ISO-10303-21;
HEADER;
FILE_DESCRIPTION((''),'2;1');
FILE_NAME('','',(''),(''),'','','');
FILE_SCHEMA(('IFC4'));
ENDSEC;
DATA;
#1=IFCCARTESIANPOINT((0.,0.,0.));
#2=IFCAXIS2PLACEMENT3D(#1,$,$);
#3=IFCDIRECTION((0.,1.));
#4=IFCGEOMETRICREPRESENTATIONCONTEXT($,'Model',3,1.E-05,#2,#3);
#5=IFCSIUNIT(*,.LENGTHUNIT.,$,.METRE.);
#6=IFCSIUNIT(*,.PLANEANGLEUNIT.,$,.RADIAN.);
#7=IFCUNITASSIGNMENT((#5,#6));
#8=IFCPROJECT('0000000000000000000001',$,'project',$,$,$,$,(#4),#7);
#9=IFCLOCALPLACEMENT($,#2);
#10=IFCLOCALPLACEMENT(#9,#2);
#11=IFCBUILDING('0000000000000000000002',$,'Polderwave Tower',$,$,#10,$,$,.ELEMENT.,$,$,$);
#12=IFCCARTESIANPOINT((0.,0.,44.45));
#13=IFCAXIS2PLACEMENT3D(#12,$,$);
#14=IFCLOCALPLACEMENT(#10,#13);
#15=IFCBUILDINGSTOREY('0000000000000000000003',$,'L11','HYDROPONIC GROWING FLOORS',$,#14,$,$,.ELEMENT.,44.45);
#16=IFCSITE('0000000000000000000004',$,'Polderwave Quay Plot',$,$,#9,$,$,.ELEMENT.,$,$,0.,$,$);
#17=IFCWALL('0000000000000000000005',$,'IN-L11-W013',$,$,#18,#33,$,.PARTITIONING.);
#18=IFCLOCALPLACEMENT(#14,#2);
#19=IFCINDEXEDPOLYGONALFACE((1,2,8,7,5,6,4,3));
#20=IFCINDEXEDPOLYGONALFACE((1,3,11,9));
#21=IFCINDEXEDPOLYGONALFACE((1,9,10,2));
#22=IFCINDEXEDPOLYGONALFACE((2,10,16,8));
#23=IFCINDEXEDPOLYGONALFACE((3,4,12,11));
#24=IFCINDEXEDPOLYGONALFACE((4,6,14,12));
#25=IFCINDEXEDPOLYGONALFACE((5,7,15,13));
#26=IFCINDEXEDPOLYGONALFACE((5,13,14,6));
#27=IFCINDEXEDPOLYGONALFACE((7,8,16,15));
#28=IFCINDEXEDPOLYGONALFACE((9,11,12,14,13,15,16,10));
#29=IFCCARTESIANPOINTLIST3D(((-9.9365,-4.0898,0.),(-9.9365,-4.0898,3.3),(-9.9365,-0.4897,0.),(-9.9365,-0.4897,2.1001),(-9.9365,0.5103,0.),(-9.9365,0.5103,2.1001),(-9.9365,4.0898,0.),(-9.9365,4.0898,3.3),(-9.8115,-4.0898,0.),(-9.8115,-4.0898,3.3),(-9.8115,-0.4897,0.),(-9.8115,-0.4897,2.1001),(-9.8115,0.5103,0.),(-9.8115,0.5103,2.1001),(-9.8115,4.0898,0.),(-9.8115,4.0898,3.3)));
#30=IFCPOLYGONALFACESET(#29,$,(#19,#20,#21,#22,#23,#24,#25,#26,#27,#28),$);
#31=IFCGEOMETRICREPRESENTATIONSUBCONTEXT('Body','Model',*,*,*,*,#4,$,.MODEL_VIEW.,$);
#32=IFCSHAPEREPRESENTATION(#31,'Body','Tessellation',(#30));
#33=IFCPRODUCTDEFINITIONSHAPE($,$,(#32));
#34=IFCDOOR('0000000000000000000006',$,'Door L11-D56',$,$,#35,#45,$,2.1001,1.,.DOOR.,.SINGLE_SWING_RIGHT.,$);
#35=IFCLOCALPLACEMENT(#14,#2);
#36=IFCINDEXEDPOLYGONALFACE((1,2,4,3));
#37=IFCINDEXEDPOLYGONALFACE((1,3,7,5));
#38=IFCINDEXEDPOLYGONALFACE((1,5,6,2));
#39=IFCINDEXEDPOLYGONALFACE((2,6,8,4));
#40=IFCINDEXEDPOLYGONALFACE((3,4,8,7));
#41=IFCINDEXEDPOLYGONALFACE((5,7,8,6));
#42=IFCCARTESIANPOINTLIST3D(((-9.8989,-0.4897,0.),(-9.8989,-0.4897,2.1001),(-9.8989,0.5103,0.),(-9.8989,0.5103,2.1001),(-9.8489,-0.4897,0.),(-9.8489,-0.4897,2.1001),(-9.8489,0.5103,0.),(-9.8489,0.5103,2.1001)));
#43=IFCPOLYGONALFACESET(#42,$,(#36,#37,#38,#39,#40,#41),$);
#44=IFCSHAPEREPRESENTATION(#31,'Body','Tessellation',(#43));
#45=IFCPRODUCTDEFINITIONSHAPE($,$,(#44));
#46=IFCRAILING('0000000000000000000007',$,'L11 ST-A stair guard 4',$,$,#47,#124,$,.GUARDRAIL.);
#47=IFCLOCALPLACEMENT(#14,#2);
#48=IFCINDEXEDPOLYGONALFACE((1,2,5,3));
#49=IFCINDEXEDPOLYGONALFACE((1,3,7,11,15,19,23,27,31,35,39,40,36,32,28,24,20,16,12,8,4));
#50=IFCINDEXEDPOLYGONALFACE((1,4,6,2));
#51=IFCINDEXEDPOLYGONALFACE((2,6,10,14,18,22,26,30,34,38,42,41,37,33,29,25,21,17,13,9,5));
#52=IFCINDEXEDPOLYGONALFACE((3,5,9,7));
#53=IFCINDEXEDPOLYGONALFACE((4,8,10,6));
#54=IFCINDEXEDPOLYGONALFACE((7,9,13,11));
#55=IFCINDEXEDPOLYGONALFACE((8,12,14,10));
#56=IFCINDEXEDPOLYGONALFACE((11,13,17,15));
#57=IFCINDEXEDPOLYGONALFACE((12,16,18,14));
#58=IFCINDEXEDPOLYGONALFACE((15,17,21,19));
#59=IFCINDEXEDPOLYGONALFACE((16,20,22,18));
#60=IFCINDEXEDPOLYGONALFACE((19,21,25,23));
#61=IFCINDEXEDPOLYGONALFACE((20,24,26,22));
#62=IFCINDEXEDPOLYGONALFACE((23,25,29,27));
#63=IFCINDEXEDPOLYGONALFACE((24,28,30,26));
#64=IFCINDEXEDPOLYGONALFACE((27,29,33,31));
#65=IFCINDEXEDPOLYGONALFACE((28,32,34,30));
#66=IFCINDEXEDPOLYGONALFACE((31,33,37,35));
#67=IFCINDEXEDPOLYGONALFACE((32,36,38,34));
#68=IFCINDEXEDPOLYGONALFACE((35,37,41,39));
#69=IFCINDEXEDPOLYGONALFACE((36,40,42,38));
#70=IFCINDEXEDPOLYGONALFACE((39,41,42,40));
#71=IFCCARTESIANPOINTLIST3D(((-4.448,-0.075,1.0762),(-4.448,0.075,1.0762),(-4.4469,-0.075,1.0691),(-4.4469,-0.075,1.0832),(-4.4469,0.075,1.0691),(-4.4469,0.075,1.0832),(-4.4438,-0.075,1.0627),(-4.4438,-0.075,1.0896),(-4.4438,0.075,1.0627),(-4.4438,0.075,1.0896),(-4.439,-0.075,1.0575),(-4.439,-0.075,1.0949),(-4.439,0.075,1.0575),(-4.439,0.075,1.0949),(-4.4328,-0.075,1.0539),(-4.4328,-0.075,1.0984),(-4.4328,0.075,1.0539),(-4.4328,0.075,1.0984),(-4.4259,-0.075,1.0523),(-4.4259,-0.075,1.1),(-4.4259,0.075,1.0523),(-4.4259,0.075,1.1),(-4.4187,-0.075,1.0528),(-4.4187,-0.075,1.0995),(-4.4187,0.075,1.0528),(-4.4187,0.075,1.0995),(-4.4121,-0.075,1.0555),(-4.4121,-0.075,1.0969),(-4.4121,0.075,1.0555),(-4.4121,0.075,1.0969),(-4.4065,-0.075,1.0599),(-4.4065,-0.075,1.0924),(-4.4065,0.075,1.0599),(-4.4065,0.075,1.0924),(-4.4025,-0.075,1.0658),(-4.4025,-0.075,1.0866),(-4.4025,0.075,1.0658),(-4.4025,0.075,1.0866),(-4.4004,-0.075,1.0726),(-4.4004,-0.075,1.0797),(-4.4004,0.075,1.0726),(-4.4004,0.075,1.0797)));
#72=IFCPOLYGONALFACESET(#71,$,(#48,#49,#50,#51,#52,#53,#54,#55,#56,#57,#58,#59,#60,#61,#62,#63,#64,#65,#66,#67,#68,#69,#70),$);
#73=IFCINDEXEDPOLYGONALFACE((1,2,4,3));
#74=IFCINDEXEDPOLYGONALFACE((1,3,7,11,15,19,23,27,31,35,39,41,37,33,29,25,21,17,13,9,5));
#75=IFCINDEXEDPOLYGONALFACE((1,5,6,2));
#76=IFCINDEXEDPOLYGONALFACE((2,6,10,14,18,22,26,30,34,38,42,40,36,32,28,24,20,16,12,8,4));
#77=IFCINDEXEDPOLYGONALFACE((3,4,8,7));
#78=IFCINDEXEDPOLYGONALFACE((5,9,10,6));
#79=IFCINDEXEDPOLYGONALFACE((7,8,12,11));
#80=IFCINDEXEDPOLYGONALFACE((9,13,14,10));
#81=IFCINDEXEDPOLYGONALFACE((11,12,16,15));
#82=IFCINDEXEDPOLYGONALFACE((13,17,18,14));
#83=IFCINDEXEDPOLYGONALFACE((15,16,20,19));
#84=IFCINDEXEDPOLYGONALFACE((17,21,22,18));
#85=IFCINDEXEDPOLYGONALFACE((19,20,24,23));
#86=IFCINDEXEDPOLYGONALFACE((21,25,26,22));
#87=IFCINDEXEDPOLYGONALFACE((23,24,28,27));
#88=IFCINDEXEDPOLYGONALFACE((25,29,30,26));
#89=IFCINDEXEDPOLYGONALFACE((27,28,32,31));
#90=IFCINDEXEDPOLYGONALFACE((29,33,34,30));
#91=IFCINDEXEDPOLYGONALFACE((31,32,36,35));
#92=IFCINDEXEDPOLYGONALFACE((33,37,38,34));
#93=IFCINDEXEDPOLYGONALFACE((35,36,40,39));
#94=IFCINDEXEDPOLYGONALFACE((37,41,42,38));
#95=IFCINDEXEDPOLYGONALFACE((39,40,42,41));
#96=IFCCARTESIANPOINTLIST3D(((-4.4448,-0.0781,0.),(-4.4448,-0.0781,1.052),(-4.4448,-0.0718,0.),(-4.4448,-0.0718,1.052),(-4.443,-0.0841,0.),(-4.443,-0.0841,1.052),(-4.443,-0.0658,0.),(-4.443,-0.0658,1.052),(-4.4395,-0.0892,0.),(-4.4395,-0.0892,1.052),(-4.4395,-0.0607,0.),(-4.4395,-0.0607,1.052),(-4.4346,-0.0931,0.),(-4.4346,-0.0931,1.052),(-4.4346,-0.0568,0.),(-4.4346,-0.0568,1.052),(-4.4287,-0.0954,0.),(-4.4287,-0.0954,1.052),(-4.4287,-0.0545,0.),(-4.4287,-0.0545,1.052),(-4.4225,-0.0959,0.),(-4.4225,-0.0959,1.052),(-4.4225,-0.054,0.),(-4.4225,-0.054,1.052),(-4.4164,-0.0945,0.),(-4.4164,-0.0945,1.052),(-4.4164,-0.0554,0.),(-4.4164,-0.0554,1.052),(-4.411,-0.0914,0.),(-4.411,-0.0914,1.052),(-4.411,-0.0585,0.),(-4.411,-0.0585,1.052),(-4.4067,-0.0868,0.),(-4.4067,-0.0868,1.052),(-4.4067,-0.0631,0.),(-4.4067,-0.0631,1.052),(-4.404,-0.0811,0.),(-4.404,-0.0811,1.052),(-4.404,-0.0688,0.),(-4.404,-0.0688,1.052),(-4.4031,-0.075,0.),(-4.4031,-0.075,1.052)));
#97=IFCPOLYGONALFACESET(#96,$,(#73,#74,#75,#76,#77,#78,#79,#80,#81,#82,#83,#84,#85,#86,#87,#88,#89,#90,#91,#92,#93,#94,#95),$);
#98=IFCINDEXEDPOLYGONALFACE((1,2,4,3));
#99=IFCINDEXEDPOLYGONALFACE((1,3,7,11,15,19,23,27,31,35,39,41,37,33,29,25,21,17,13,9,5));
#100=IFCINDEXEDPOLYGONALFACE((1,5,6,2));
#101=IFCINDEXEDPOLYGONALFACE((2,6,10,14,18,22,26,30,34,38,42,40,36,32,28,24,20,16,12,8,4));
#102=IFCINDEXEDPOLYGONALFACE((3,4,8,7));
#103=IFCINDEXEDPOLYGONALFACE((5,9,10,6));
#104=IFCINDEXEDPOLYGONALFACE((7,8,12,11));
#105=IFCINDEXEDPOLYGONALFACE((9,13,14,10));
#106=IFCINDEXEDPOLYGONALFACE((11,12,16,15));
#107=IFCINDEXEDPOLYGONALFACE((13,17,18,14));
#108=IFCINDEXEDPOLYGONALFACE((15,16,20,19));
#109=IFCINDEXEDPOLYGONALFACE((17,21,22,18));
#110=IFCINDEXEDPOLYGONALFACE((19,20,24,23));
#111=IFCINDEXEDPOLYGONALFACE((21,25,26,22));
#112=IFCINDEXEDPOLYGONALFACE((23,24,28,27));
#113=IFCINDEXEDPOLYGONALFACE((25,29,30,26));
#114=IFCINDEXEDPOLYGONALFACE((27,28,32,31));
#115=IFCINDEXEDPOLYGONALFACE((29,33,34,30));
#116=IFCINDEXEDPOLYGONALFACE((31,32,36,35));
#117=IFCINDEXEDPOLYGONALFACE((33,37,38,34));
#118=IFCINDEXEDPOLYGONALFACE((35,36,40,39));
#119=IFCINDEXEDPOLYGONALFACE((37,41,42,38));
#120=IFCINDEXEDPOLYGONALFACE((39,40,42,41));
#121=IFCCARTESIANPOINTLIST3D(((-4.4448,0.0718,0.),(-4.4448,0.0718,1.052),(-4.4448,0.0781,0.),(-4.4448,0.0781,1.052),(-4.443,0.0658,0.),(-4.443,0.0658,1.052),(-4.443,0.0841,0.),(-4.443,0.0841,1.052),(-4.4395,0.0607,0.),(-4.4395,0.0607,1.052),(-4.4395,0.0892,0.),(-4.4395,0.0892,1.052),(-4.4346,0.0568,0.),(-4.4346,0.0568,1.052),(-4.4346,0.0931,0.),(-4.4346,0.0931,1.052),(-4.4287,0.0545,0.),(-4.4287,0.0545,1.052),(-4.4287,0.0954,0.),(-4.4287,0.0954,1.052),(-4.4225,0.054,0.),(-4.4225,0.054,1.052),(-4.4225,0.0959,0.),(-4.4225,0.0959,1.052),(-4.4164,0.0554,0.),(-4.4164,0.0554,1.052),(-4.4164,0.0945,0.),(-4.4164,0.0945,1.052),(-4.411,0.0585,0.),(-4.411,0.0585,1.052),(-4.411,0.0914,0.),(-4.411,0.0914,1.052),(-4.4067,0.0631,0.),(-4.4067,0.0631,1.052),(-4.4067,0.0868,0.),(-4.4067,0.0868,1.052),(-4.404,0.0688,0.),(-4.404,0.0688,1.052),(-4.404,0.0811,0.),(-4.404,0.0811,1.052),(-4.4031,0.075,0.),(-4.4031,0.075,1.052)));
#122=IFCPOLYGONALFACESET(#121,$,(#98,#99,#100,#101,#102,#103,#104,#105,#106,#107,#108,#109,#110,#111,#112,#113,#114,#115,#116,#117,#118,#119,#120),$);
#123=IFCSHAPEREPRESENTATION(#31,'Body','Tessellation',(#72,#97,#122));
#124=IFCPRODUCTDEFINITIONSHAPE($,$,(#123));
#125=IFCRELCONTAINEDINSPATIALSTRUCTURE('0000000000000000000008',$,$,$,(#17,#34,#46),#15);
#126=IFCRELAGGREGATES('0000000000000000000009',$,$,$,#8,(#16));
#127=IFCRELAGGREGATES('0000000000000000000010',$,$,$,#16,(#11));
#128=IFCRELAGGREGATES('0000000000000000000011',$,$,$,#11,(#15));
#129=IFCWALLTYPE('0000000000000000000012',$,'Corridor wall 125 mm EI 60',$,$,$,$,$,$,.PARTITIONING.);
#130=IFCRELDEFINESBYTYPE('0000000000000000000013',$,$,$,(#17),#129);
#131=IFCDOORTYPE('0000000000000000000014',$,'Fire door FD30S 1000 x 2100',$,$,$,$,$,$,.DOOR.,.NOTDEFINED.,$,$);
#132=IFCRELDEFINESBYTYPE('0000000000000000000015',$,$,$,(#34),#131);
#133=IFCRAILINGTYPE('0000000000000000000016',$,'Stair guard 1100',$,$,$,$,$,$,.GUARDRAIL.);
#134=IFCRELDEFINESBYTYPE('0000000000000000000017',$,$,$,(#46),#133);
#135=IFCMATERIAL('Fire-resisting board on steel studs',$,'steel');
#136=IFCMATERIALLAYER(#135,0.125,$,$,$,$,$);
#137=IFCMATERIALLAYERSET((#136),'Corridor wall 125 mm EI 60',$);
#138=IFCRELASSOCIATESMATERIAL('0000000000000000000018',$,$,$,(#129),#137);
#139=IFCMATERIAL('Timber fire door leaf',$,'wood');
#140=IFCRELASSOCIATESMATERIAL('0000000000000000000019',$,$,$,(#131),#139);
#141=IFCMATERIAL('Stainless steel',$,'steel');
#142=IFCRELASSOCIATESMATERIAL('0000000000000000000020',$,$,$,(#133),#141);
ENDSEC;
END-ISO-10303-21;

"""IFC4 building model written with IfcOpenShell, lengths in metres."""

from ifc_helpers import new_model, si_unit, direction, frame, frame_2d, origin, origin_2d, place, context, subcontext, project, spatial, rectangle, circle, extrude, material, layer, layer_set, type_object, element, fill, save


model = new_model("IFC4")

# Units and contexts
model_context = context("Model", 3, precision=1e-05, world=origin(), true_north=direction((0.0, 1.0)))
body_context = subcontext(model_context, "Body", "Model", "MODEL_VIEW")
ifc_project = project(units=[si_unit("LENGTHUNIT", "METRE"), si_unit("PLANEANGLEUNIT", "RADIAN")], contexts=[model_context])

# Site, building, storey
site_placement = place(None, origin())
site = spatial("IfcSite", under=ifc_project, at=site_placement, Name="Polderwave Quay Plot", CompositionType="ELEMENT", RefElevation=0.0)
building_placement = place(site_placement, origin())
building = spatial("IfcBuilding", under=site, at=building_placement, Name="Polderwave Tower", CompositionType="ELEMENT")
storey_placement = place(building_placement, frame((0.0, 0.0, 44.45)))
storey = spatial("IfcBuildingStorey", under=building, at=storey_placement, Name="L11", Description="HYDROPONIC GROWING FLOORS", CompositionType="ELEMENT", Elevation=44.45)

# Shared definitions
ifc_material_1 = material(Name="Stainless steel", Category="steel")

# Wall, opening, door
ifc_material_2 = material(Name="Fire-resisting board on steel studs", Category="steel")
ifc_layer_1 = layer(ifc_material_2, 0.125)
ifc_layer_set_1 = layer_set([ifc_layer_1], Name="Corridor wall 125 mm EI 60")
wall_type_1 = type_object("IfcWallType", Name="Corridor wall 125 mm EI 60", PredefinedType="PARTITIONING", material=ifc_layer_set_1)
wall_1_placement = place(storey_placement, frame((-9.874, -4.0898, 0.0), z_axis=(0.0, 0.0, 1.0), x_axis=(0.0, 1.0, 0.0)))
wall_1 = element("IfcWall", 1, at=wall_1_placement, inside=storey, type_object=wall_type_1, Name="IN-L11-W013", PredefinedType="PARTITIONING", context=body_context, shape_type="SweptSolid", body=[
    extrude(rectangle(XDim=8.1797, YDim=0.125, at=frame_2d((4.0898, 0.0))), origin(), (0.0, 0.0, 1.0), 3.3),
])
opening_1_placement = place(wall_1_placement, frame((3.6001, 0.0, 0.0)))
opening_1 = element("IfcOpeningElement", 2, at=opening_1_placement, cuts=wall_1, PredefinedType="OPENING", context=body_context, shape_type="SweptSolid", body=[
    extrude(rectangle(XDim=1.0, YDim=2.1001, at=frame_2d((0.5, 1.05))), frame((0.0, 0.0725, 0.0), z_axis=(0.0, -1.0, 0.0), x_axis=(1.0, 0.0, 0.0)), (0.0, 0.0, 1.0), 0.145),
])
ifc_material_3 = material(Name="Timber fire door leaf", Category="wood")
door_type_1 = type_object("IfcDoorType", Name="Fire door FD30S 1000 x 2100", OperationType="NOTDEFINED", PredefinedType="DOOR", material=ifc_material_3)
door_1_placement = place(opening_1_placement, origin())
door_1 = element("IfcDoor", 3, at=door_1_placement, inside=storey, type_object=door_type_1, Name="Door L11-D56", OperationType="SINGLE_SWING_RIGHT", OverallHeight=2.1001, OverallWidth=1.0, PredefinedType="DOOR", context=body_context, shape_type="SweptSolid", body=[
    extrude(rectangle(XDim=1.0, YDim=2.1001, at=frame_2d((0.5, 1.05))), frame((0.0, 0.0249, 0.0), z_axis=(0.0, -1.0, 0.0), x_axis=(1.0, 0.0, 0.0)), (0.0, 0.0, 1.0), 0.05),
])
fill(opening_1, door_1)

# Railing
railing_type_1 = type_object("IfcRailingType", Name="Stair guard 1100", PredefinedType="GUARDRAIL", material=ifc_material_1)
railing_1_placement = place(storey_placement, frame((-4.4241, -0.075, 0.0)))
element("IfcRailing", 4, at=railing_1_placement, inside=storey, type_object=railing_type_1, Name="L11 ST-A stair guard 4", PredefinedType="GUARDRAIL", context=body_context, shape_type="SweptSolid", body=[
    extrude(circle(Radius=0.0239, at=origin_2d()), frame((0.0, 0.0, 1.0762), z_axis=(0.0, 1.0, 0.0), x_axis=(-1.0, 0.0, 0.0)), (0.0, 0.0, 1.0), 0.1499),
    extrude(circle(Radius=0.021, at=origin_2d()), origin(), (0.0, 0.0, 1.0), 1.052),
    extrude(circle(Radius=0.021, at=origin_2d()), frame((0.0, 0.1499, 0.0)), (0.0, 0.0, 1.0), 1.052),
])

save(model, "model.ifc")
